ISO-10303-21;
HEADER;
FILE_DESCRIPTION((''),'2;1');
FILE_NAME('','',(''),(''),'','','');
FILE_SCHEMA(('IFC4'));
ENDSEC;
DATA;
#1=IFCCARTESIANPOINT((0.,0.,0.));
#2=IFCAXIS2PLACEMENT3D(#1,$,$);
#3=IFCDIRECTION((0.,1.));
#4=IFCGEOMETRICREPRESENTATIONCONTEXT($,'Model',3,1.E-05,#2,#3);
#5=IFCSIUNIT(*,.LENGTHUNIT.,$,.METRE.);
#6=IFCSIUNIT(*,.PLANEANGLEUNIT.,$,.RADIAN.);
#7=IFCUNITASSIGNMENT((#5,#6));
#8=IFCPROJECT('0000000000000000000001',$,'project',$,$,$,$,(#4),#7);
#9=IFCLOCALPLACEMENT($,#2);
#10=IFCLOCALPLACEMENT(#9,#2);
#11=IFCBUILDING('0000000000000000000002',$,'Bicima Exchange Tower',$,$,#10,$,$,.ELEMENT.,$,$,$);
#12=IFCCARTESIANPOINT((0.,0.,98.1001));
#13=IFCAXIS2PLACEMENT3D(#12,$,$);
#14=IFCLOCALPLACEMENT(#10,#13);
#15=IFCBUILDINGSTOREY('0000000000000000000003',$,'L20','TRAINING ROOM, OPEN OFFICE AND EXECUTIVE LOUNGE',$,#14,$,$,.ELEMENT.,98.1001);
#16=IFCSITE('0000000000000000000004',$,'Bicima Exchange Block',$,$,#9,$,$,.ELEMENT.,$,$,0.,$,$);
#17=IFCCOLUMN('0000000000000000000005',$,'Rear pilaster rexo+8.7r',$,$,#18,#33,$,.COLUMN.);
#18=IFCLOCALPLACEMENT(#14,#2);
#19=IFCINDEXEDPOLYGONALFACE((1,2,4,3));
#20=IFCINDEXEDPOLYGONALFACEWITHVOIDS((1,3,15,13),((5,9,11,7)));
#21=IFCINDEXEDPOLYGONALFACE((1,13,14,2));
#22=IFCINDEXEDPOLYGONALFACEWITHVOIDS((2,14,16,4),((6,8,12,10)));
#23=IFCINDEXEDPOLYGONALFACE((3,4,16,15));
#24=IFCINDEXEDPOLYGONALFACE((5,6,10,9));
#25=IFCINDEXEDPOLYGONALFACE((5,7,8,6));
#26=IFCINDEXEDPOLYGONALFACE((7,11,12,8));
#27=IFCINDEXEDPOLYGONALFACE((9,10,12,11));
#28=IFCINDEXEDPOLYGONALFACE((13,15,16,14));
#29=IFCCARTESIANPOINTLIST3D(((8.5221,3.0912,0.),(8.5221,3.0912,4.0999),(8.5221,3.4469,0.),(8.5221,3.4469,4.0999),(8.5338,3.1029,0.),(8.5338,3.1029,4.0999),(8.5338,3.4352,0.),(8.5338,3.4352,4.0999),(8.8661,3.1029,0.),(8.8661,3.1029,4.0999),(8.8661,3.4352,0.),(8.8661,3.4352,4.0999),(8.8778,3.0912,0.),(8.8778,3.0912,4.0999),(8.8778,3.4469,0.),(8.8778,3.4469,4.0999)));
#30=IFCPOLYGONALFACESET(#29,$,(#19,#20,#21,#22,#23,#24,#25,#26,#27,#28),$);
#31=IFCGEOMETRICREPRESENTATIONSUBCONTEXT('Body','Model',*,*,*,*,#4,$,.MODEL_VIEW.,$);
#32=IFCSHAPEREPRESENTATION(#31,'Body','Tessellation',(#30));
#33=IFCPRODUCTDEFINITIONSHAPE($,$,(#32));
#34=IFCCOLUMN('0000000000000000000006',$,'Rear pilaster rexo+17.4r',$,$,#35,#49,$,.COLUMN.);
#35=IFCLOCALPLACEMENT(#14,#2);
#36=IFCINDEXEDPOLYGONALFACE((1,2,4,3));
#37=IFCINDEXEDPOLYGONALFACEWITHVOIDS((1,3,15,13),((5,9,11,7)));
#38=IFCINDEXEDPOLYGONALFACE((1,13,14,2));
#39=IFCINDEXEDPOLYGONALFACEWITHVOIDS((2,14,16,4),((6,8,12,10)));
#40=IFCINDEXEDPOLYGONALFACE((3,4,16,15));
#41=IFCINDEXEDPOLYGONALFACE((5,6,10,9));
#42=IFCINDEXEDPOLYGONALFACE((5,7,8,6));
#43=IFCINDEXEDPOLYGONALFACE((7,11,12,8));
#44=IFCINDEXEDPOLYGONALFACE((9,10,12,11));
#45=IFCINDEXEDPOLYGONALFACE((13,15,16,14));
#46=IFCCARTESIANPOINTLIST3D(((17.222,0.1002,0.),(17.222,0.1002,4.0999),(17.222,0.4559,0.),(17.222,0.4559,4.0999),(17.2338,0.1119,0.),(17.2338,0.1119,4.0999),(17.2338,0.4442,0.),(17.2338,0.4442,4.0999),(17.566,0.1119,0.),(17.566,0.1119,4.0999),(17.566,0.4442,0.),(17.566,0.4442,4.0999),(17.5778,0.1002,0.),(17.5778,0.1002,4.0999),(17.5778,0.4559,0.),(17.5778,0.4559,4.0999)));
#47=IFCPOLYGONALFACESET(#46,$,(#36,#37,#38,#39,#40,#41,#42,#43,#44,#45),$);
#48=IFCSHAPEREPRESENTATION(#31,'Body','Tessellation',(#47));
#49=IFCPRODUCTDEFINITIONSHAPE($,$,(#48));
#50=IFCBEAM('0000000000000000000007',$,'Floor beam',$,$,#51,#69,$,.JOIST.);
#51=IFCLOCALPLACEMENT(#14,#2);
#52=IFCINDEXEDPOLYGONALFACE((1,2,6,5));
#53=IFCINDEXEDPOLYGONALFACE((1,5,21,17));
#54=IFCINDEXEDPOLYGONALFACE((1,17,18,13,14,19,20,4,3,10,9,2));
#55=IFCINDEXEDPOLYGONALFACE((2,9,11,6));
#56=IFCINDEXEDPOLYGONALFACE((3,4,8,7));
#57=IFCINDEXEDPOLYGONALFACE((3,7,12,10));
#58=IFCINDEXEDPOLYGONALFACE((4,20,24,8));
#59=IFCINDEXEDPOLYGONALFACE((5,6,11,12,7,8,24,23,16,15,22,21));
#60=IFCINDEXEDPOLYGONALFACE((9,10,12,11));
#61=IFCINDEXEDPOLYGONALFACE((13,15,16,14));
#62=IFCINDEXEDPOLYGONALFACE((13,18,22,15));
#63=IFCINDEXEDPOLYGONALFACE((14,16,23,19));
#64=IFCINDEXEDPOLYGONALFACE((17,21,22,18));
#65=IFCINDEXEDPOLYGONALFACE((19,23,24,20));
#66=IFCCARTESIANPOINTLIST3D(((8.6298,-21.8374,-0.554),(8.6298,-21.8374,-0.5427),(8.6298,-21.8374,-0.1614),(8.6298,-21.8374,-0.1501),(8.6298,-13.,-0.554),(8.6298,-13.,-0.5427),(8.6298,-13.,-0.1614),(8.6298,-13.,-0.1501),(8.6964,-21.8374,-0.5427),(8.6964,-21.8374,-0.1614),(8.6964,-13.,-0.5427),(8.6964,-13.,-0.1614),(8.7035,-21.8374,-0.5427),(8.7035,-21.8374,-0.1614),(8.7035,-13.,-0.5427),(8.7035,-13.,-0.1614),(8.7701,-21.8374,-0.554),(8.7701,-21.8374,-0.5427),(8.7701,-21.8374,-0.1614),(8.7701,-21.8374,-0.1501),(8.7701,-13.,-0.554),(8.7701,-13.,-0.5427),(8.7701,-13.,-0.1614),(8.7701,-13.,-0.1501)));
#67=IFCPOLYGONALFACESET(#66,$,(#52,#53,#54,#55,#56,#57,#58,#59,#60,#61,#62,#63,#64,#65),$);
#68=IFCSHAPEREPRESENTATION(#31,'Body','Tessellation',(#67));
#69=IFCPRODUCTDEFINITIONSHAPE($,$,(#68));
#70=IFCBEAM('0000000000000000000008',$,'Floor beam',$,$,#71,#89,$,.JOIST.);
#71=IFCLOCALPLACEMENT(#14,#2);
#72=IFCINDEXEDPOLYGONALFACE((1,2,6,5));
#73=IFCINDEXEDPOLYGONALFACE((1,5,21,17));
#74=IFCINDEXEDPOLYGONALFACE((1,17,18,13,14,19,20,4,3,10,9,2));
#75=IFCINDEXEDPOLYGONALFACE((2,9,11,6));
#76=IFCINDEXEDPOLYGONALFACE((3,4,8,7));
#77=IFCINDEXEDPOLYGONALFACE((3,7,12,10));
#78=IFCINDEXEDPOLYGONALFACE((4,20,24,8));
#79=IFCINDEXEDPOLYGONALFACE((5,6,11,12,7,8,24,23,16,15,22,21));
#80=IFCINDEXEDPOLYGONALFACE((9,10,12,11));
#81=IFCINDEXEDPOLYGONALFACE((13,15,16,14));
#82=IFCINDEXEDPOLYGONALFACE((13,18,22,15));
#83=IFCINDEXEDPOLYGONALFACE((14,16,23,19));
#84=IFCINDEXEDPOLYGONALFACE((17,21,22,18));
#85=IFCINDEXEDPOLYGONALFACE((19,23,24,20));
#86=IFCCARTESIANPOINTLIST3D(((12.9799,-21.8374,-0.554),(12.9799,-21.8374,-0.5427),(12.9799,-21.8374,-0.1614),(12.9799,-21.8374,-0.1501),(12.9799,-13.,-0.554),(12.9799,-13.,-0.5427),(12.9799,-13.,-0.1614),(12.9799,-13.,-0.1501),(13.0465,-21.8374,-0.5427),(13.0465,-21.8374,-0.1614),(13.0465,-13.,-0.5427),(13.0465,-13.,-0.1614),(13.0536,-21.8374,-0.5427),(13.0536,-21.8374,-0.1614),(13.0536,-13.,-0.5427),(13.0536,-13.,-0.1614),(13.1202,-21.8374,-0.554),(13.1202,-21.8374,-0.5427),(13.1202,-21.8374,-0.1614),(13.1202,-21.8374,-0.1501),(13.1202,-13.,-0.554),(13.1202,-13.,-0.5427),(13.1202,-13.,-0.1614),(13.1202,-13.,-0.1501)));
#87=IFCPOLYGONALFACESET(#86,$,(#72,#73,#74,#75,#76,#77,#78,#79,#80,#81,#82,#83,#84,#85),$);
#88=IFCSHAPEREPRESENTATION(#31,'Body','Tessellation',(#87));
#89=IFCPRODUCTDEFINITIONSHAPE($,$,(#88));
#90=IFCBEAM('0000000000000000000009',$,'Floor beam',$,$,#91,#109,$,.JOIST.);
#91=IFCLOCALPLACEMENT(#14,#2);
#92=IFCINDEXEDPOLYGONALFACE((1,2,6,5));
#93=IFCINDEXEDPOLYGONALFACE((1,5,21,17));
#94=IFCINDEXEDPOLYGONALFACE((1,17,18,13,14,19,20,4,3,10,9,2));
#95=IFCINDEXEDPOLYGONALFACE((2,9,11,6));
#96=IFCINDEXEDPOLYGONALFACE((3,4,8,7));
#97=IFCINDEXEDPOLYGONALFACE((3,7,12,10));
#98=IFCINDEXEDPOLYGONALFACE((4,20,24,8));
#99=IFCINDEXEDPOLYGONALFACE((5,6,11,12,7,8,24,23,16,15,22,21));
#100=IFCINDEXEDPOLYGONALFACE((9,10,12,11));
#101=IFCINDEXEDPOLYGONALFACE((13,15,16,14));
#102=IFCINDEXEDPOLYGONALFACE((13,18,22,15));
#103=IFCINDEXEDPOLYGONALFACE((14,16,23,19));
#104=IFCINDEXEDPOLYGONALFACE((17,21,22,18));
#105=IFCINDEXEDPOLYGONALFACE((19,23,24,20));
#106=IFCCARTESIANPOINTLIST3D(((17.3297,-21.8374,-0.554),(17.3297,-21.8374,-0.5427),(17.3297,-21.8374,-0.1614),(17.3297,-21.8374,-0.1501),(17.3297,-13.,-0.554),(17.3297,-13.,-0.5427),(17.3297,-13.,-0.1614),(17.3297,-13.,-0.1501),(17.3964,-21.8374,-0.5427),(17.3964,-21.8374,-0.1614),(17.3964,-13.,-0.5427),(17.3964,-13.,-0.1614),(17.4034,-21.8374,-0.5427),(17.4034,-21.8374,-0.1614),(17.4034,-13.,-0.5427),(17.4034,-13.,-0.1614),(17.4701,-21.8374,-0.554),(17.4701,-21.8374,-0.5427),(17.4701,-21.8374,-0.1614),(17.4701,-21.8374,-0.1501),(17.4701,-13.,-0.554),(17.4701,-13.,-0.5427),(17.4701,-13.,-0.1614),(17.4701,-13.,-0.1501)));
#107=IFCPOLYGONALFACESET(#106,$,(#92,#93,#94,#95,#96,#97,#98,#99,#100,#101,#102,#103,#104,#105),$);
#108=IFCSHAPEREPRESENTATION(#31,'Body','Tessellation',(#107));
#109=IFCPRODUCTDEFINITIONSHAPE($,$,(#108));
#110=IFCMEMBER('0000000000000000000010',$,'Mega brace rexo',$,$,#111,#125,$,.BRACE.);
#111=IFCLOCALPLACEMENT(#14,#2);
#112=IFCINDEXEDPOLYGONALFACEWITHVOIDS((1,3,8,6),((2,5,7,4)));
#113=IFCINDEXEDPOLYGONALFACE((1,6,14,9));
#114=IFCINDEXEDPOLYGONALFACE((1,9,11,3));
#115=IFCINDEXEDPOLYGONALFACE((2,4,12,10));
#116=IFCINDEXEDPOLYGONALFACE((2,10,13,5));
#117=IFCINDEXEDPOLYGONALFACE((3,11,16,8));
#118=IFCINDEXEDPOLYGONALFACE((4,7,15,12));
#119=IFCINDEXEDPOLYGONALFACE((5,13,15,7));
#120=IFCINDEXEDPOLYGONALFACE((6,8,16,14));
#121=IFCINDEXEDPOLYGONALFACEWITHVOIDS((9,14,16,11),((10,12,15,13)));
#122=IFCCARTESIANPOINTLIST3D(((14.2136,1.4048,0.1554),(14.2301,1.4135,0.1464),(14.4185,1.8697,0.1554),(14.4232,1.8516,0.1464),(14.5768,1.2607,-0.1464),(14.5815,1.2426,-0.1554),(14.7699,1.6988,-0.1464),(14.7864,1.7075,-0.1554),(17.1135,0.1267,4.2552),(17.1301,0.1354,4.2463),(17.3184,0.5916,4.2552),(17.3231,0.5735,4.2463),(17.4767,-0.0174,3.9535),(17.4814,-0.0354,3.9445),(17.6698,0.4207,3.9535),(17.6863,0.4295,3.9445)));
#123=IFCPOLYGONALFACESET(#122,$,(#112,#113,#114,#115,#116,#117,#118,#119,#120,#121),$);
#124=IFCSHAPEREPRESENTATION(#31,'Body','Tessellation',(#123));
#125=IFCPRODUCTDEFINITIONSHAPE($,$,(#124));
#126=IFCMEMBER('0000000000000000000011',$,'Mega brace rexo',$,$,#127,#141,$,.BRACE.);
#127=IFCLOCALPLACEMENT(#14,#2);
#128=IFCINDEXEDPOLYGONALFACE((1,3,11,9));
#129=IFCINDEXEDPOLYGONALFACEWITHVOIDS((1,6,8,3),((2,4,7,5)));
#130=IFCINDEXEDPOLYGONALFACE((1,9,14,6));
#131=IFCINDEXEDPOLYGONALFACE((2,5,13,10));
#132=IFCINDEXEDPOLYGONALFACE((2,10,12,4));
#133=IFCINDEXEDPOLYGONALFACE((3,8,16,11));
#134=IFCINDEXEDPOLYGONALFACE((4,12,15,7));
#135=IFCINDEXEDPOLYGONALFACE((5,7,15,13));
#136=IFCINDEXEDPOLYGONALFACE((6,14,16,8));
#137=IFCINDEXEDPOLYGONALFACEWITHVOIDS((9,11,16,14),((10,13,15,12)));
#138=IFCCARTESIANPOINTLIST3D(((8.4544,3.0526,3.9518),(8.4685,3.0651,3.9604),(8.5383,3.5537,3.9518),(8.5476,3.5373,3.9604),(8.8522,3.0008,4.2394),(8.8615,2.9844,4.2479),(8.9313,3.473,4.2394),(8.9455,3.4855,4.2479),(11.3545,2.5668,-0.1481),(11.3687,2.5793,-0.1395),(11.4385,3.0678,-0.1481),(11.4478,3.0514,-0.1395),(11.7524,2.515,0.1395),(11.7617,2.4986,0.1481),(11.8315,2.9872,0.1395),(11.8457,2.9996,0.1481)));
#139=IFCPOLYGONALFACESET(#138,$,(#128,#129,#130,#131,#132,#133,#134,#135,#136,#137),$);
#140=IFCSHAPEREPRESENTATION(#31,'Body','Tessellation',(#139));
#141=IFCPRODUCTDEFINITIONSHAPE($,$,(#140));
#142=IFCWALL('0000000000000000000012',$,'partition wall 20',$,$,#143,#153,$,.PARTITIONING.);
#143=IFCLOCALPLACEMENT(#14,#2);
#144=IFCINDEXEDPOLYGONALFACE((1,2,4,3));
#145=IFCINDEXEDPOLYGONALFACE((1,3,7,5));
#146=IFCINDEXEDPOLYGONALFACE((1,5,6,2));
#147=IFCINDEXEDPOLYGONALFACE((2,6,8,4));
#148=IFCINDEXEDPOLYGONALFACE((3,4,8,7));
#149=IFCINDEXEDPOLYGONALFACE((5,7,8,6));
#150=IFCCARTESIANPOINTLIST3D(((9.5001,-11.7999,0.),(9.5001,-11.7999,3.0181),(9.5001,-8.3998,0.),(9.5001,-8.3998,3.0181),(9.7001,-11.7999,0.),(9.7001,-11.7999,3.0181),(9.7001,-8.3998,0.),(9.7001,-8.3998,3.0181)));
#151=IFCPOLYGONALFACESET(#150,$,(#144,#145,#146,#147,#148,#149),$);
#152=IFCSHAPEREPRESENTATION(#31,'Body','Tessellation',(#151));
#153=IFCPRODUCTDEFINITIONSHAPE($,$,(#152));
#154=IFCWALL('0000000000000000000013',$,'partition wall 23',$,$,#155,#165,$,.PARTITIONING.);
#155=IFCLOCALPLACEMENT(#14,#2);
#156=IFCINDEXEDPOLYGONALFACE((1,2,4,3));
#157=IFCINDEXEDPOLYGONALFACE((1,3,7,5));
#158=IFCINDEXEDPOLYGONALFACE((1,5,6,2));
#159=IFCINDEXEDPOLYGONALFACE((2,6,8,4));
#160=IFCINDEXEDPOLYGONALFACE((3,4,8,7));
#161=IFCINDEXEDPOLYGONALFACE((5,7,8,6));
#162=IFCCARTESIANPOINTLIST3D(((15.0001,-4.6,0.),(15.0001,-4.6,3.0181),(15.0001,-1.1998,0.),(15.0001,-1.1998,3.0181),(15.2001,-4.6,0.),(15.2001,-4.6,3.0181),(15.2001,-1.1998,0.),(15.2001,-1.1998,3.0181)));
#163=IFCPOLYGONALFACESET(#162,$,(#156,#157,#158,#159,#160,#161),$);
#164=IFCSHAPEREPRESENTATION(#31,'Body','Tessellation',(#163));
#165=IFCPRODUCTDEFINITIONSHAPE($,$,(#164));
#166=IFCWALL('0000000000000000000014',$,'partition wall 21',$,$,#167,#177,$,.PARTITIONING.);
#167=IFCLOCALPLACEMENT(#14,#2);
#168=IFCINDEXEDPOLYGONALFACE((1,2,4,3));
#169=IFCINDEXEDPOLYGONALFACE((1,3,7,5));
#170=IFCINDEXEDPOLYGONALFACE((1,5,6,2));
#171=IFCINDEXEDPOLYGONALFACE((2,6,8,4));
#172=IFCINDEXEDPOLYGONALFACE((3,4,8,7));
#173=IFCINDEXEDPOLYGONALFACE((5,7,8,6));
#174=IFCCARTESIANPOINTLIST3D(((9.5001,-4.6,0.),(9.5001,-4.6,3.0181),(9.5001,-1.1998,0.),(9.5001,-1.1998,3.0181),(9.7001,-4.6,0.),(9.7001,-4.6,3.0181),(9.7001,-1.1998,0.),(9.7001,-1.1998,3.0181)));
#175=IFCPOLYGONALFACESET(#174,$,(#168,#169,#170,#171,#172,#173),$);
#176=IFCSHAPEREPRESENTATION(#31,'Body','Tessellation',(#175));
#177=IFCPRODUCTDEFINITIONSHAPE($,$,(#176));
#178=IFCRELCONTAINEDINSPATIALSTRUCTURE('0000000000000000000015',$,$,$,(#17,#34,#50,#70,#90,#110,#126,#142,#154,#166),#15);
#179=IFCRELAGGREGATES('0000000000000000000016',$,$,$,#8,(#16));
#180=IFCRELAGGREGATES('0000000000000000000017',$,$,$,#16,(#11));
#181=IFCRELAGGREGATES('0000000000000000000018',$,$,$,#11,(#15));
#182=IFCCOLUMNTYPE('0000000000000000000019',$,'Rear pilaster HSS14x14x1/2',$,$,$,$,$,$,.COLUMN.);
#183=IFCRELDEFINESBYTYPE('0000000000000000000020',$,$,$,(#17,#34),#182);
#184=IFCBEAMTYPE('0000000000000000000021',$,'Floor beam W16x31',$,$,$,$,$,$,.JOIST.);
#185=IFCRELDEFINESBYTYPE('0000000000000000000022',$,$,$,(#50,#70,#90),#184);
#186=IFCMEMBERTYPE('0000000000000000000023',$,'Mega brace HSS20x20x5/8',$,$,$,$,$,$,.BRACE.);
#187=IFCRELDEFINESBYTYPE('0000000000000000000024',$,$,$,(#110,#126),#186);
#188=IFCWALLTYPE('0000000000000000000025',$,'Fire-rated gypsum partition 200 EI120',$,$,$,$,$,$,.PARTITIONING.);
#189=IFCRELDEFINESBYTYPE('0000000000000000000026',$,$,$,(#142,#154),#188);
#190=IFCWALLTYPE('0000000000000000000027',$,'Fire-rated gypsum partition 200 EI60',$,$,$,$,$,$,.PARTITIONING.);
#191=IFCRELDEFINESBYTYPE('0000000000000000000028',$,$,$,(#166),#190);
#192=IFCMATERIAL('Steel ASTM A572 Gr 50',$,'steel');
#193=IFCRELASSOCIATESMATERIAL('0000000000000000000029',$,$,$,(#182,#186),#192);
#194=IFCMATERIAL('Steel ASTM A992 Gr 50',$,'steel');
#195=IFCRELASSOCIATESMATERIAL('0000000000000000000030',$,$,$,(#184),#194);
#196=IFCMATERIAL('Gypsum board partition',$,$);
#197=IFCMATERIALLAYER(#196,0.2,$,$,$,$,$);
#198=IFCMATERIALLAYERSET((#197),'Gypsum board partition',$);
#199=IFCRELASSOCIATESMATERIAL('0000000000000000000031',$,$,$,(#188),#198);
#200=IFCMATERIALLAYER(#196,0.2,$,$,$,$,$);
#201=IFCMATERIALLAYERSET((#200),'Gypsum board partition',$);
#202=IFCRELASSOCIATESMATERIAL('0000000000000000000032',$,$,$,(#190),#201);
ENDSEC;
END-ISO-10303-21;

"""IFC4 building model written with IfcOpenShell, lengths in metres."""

from ifc_helpers import new_model, si_unit, direction, frame, frame_2d, origin, origin_2d, place, context, subcontext, project, spatial, rectangle, hollow_rectangle, i_section, extrude, material, layer, layer_set, material_profile, profile_set, type_object, element, save


model = new_model("IFC4")

# Units and contexts
model_context = context("Model", 3, precision=1e-05, world=origin(), true_north=direction((0.0, 1.0)))
body_context = subcontext(model_context, "Body", "Model", "MODEL_VIEW")
ifc_project = project(units=[si_unit("LENGTHUNIT", "METRE"), si_unit("PLANEANGLEUNIT", "RADIAN")], contexts=[model_context])

# Site, building, storey
site_placement = place(None, origin())
site = spatial("IfcSite", under=ifc_project, at=site_placement, Name="Bicima Exchange Block", CompositionType="ELEMENT", RefElevation=0.0)
building_placement = place(site_placement, origin())
building = spatial("IfcBuilding", under=site, at=building_placement, Name="Bicima Exchange Tower", CompositionType="ELEMENT")
storey_placement = place(building_placement, frame((0.0, 0.0, 98.1001)))
storey = spatial("IfcBuildingStorey", under=building, at=storey_placement, Name="L20", Description="TRAINING ROOM, OPEN OFFICE AND EXECUTIVE LOUNGE", CompositionType="ELEMENT", Elevation=98.1001)

# Columns
ifc_material_1 = material(Name="Steel ASTM A572 Gr 50", Category="steel")
ifc_material_profile_1 = material_profile(ifc_material_1, hollow_rectangle(XDim=0.3557, YDim=0.3557, WallThickness=0.0117, at=origin_2d()))
ifc_profile_set_1 = profile_set([ifc_material_profile_1], Name="Steel ASTM A572 Gr 50")
column_type = type_object("IfcColumnType", Name="Rear pilaster HSS14x14x1/2", PredefinedType="COLUMN", material=ifc_profile_set_1)
for number, where, z_axis, x_axis, name in (
    (1, (8.7, 3.269, 0.0), (0.0, 0.0, 1.0), (1.0, 0.0, 0.0), "Rear pilaster rexo+8.7r"),
    (2, (17.3999, 0.2781, 0.0), (0.0, 0.0, 1.0), (1.0, 0.0, 0.0), "Rear pilaster rexo+17.4r"),
):
    element("IfcColumn", number, at=place(storey_placement, frame(where, z_axis=z_axis, x_axis=x_axis)), inside=storey, type_object=column_type, Name=name, PredefinedType="COLUMN", context=body_context, shape_type="SweptSolid", body=[
        extrude(hollow_rectangle(XDim=0.3557, YDim=0.3557, WallThickness=0.0117, at=origin_2d()), origin(), (0.0, 0.0, 1.0), 4.0999),
    ])

# Beams
ifc_material_2 = material(Name="Steel ASTM A992 Gr 50", Category="steel")
ifc_material_profile_2 = material_profile(ifc_material_2, i_section(OverallWidth=0.1404, OverallDepth=0.4038, WebThickness=0.0071, FlangeThickness=0.0112, at=origin_2d()))
ifc_profile_set_2 = profile_set([ifc_material_profile_2], Name="Steel ASTM A992 Gr 50")
beam_type = type_object("IfcBeamType", Name="Floor beam W16x31", PredefinedType="JOIST", material=ifc_profile_set_2)
for number, where, z_axis, x_axis, name in (
    (3, (8.7, -13.0, -0.3521), (0.0, -1.0, 0.0), (1.0, 0.0, 0.0), "Floor beam"),
    (4, (13.05, -13.0, -0.3521), (0.0, -1.0, 0.0), (1.0, 0.0, 0.0), "Floor beam"),
    (5, (17.3999, -13.0, -0.3521), (0.0, -1.0, 0.0), (1.0, 0.0, 0.0), "Floor beam"),
):
    element("IfcBeam", number, at=place(storey_placement, frame(where, z_axis=z_axis, x_axis=x_axis)), inside=storey, type_object=beam_type, Name=name, PredefinedType="JOIST", context=body_context, shape_type="SweptSolid", body=[
        extrude(i_section(OverallWidth=0.1404, OverallDepth=0.4038, WebThickness=0.0071, FlangeThickness=0.0112, at=origin_2d()), origin(), (0.0, 0.0, 1.0), 8.8374),
    ])

# Members
ifc_material_profile_3 = material_profile(ifc_material_1, hollow_rectangle(XDim=0.5081, YDim=0.5081, WallThickness=0.0146, at=origin_2d()))
ifc_profile_set_3 = profile_set([ifc_material_profile_3], Name="Steel ASTM A572 Gr 50")
member_type = type_object("IfcMemberType", Name="Mega brace HSS20x20x5/8", PredefinedType="BRACE", material=ifc_profile_set_3)
member_1_placement = place(storey_placement, frame((14.5, 1.5562, 0.0), z_axis=(0.559625, -0.246644, 0.791193), x_axis=(0.403299, 0.915068, 0.0)))
element("IfcMember", 6, at=member_1_placement, inside=storey, type_object=member_type, Name="Mega brace rexo", PredefinedType="BRACE", context=body_context, shape_type="SweptSolid", body=[
    extrude(hollow_rectangle(XDim=0.5081, YDim=0.5081, WallThickness=0.0146, at=origin_2d()), origin(), (0.0, 0.0, 1.0), 5.1819),
])
member_2_placement = place(storey_placement, frame((11.6001, 2.7832, 0.0), z_axis=(-0.574814, 0.096294, 0.812598), x_axis=(-0.16522, -0.986257, 0.0)))
element("IfcMember", 7, at=member_2_placement, inside=storey, type_object=member_type, Name="Mega brace rexo", PredefinedType="BRACE", context=body_context, shape_type="SweptSolid", body=[
    extrude(hollow_rectangle(XDim=0.5081, YDim=0.5081, WallThickness=0.0146, at=origin_2d()), origin(), (0.0, 0.0, 1.0), 5.0454),
])

# Walls
ifc_material_3 = material(Name="Gypsum board partition")
ifc_layer_1 = layer(ifc_material_3, 0.2)
ifc_layer_set_1 = layer_set([ifc_layer_1], Name="Gypsum board partition")
wall_type_1 = type_object("IfcWallType", Name="Fire-rated gypsum partition 200 EI120", PredefinedType="PARTITIONING", material=ifc_layer_set_1)
for number, where, z_axis, x_axis, name in (
    (8, (9.6001, -11.8, 0.0), (0.0, 0.0, 1.0), (0.0, 1.0, 0.0), "partition wall 20"),
    (9, (15.1001, -4.6001, 0.0), (0.0, 0.0, 1.0), (0.0, 1.0, 0.0), "partition wall 23"),
):
    element("IfcWall", number, at=place(storey_placement, frame(where, z_axis=z_axis, x_axis=x_axis)), inside=storey, type_object=wall_type_1, Name=name, PredefinedType="PARTITIONING", context=body_context, shape_type="SweptSolid", body=[
        extrude(rectangle(XDim=3.4001, YDim=0.2, at=frame_2d((1.7002, 0.0))), origin(), (0.0, 0.0, 1.0), 3.0181),
    ])
ifc_layer_2 = layer(ifc_material_3, 0.2)
ifc_layer_set_2 = layer_set([ifc_layer_2], Name="Gypsum board partition")
wall_type_2 = type_object("IfcWallType", Name="Fire-rated gypsum partition 200 EI60", PredefinedType="PARTITIONING", material=ifc_layer_set_2)
wall_1_placement = place(storey_placement, frame((9.6001, -4.6001, 0.0), z_axis=(0.0, 0.0, 1.0), x_axis=(0.0, 1.0, 0.0)))
element("IfcWall", 10, at=wall_1_placement, inside=storey, type_object=wall_type_2, Name="partition wall 21", PredefinedType="PARTITIONING", context=body_context, shape_type="SweptSolid", body=[
    extrude(rectangle(XDim=3.4001, YDim=0.2, at=frame_2d((1.7002, 0.0))), origin(), (0.0, 0.0, 1.0), 3.0181),
])

save(model, "model.ifc")
